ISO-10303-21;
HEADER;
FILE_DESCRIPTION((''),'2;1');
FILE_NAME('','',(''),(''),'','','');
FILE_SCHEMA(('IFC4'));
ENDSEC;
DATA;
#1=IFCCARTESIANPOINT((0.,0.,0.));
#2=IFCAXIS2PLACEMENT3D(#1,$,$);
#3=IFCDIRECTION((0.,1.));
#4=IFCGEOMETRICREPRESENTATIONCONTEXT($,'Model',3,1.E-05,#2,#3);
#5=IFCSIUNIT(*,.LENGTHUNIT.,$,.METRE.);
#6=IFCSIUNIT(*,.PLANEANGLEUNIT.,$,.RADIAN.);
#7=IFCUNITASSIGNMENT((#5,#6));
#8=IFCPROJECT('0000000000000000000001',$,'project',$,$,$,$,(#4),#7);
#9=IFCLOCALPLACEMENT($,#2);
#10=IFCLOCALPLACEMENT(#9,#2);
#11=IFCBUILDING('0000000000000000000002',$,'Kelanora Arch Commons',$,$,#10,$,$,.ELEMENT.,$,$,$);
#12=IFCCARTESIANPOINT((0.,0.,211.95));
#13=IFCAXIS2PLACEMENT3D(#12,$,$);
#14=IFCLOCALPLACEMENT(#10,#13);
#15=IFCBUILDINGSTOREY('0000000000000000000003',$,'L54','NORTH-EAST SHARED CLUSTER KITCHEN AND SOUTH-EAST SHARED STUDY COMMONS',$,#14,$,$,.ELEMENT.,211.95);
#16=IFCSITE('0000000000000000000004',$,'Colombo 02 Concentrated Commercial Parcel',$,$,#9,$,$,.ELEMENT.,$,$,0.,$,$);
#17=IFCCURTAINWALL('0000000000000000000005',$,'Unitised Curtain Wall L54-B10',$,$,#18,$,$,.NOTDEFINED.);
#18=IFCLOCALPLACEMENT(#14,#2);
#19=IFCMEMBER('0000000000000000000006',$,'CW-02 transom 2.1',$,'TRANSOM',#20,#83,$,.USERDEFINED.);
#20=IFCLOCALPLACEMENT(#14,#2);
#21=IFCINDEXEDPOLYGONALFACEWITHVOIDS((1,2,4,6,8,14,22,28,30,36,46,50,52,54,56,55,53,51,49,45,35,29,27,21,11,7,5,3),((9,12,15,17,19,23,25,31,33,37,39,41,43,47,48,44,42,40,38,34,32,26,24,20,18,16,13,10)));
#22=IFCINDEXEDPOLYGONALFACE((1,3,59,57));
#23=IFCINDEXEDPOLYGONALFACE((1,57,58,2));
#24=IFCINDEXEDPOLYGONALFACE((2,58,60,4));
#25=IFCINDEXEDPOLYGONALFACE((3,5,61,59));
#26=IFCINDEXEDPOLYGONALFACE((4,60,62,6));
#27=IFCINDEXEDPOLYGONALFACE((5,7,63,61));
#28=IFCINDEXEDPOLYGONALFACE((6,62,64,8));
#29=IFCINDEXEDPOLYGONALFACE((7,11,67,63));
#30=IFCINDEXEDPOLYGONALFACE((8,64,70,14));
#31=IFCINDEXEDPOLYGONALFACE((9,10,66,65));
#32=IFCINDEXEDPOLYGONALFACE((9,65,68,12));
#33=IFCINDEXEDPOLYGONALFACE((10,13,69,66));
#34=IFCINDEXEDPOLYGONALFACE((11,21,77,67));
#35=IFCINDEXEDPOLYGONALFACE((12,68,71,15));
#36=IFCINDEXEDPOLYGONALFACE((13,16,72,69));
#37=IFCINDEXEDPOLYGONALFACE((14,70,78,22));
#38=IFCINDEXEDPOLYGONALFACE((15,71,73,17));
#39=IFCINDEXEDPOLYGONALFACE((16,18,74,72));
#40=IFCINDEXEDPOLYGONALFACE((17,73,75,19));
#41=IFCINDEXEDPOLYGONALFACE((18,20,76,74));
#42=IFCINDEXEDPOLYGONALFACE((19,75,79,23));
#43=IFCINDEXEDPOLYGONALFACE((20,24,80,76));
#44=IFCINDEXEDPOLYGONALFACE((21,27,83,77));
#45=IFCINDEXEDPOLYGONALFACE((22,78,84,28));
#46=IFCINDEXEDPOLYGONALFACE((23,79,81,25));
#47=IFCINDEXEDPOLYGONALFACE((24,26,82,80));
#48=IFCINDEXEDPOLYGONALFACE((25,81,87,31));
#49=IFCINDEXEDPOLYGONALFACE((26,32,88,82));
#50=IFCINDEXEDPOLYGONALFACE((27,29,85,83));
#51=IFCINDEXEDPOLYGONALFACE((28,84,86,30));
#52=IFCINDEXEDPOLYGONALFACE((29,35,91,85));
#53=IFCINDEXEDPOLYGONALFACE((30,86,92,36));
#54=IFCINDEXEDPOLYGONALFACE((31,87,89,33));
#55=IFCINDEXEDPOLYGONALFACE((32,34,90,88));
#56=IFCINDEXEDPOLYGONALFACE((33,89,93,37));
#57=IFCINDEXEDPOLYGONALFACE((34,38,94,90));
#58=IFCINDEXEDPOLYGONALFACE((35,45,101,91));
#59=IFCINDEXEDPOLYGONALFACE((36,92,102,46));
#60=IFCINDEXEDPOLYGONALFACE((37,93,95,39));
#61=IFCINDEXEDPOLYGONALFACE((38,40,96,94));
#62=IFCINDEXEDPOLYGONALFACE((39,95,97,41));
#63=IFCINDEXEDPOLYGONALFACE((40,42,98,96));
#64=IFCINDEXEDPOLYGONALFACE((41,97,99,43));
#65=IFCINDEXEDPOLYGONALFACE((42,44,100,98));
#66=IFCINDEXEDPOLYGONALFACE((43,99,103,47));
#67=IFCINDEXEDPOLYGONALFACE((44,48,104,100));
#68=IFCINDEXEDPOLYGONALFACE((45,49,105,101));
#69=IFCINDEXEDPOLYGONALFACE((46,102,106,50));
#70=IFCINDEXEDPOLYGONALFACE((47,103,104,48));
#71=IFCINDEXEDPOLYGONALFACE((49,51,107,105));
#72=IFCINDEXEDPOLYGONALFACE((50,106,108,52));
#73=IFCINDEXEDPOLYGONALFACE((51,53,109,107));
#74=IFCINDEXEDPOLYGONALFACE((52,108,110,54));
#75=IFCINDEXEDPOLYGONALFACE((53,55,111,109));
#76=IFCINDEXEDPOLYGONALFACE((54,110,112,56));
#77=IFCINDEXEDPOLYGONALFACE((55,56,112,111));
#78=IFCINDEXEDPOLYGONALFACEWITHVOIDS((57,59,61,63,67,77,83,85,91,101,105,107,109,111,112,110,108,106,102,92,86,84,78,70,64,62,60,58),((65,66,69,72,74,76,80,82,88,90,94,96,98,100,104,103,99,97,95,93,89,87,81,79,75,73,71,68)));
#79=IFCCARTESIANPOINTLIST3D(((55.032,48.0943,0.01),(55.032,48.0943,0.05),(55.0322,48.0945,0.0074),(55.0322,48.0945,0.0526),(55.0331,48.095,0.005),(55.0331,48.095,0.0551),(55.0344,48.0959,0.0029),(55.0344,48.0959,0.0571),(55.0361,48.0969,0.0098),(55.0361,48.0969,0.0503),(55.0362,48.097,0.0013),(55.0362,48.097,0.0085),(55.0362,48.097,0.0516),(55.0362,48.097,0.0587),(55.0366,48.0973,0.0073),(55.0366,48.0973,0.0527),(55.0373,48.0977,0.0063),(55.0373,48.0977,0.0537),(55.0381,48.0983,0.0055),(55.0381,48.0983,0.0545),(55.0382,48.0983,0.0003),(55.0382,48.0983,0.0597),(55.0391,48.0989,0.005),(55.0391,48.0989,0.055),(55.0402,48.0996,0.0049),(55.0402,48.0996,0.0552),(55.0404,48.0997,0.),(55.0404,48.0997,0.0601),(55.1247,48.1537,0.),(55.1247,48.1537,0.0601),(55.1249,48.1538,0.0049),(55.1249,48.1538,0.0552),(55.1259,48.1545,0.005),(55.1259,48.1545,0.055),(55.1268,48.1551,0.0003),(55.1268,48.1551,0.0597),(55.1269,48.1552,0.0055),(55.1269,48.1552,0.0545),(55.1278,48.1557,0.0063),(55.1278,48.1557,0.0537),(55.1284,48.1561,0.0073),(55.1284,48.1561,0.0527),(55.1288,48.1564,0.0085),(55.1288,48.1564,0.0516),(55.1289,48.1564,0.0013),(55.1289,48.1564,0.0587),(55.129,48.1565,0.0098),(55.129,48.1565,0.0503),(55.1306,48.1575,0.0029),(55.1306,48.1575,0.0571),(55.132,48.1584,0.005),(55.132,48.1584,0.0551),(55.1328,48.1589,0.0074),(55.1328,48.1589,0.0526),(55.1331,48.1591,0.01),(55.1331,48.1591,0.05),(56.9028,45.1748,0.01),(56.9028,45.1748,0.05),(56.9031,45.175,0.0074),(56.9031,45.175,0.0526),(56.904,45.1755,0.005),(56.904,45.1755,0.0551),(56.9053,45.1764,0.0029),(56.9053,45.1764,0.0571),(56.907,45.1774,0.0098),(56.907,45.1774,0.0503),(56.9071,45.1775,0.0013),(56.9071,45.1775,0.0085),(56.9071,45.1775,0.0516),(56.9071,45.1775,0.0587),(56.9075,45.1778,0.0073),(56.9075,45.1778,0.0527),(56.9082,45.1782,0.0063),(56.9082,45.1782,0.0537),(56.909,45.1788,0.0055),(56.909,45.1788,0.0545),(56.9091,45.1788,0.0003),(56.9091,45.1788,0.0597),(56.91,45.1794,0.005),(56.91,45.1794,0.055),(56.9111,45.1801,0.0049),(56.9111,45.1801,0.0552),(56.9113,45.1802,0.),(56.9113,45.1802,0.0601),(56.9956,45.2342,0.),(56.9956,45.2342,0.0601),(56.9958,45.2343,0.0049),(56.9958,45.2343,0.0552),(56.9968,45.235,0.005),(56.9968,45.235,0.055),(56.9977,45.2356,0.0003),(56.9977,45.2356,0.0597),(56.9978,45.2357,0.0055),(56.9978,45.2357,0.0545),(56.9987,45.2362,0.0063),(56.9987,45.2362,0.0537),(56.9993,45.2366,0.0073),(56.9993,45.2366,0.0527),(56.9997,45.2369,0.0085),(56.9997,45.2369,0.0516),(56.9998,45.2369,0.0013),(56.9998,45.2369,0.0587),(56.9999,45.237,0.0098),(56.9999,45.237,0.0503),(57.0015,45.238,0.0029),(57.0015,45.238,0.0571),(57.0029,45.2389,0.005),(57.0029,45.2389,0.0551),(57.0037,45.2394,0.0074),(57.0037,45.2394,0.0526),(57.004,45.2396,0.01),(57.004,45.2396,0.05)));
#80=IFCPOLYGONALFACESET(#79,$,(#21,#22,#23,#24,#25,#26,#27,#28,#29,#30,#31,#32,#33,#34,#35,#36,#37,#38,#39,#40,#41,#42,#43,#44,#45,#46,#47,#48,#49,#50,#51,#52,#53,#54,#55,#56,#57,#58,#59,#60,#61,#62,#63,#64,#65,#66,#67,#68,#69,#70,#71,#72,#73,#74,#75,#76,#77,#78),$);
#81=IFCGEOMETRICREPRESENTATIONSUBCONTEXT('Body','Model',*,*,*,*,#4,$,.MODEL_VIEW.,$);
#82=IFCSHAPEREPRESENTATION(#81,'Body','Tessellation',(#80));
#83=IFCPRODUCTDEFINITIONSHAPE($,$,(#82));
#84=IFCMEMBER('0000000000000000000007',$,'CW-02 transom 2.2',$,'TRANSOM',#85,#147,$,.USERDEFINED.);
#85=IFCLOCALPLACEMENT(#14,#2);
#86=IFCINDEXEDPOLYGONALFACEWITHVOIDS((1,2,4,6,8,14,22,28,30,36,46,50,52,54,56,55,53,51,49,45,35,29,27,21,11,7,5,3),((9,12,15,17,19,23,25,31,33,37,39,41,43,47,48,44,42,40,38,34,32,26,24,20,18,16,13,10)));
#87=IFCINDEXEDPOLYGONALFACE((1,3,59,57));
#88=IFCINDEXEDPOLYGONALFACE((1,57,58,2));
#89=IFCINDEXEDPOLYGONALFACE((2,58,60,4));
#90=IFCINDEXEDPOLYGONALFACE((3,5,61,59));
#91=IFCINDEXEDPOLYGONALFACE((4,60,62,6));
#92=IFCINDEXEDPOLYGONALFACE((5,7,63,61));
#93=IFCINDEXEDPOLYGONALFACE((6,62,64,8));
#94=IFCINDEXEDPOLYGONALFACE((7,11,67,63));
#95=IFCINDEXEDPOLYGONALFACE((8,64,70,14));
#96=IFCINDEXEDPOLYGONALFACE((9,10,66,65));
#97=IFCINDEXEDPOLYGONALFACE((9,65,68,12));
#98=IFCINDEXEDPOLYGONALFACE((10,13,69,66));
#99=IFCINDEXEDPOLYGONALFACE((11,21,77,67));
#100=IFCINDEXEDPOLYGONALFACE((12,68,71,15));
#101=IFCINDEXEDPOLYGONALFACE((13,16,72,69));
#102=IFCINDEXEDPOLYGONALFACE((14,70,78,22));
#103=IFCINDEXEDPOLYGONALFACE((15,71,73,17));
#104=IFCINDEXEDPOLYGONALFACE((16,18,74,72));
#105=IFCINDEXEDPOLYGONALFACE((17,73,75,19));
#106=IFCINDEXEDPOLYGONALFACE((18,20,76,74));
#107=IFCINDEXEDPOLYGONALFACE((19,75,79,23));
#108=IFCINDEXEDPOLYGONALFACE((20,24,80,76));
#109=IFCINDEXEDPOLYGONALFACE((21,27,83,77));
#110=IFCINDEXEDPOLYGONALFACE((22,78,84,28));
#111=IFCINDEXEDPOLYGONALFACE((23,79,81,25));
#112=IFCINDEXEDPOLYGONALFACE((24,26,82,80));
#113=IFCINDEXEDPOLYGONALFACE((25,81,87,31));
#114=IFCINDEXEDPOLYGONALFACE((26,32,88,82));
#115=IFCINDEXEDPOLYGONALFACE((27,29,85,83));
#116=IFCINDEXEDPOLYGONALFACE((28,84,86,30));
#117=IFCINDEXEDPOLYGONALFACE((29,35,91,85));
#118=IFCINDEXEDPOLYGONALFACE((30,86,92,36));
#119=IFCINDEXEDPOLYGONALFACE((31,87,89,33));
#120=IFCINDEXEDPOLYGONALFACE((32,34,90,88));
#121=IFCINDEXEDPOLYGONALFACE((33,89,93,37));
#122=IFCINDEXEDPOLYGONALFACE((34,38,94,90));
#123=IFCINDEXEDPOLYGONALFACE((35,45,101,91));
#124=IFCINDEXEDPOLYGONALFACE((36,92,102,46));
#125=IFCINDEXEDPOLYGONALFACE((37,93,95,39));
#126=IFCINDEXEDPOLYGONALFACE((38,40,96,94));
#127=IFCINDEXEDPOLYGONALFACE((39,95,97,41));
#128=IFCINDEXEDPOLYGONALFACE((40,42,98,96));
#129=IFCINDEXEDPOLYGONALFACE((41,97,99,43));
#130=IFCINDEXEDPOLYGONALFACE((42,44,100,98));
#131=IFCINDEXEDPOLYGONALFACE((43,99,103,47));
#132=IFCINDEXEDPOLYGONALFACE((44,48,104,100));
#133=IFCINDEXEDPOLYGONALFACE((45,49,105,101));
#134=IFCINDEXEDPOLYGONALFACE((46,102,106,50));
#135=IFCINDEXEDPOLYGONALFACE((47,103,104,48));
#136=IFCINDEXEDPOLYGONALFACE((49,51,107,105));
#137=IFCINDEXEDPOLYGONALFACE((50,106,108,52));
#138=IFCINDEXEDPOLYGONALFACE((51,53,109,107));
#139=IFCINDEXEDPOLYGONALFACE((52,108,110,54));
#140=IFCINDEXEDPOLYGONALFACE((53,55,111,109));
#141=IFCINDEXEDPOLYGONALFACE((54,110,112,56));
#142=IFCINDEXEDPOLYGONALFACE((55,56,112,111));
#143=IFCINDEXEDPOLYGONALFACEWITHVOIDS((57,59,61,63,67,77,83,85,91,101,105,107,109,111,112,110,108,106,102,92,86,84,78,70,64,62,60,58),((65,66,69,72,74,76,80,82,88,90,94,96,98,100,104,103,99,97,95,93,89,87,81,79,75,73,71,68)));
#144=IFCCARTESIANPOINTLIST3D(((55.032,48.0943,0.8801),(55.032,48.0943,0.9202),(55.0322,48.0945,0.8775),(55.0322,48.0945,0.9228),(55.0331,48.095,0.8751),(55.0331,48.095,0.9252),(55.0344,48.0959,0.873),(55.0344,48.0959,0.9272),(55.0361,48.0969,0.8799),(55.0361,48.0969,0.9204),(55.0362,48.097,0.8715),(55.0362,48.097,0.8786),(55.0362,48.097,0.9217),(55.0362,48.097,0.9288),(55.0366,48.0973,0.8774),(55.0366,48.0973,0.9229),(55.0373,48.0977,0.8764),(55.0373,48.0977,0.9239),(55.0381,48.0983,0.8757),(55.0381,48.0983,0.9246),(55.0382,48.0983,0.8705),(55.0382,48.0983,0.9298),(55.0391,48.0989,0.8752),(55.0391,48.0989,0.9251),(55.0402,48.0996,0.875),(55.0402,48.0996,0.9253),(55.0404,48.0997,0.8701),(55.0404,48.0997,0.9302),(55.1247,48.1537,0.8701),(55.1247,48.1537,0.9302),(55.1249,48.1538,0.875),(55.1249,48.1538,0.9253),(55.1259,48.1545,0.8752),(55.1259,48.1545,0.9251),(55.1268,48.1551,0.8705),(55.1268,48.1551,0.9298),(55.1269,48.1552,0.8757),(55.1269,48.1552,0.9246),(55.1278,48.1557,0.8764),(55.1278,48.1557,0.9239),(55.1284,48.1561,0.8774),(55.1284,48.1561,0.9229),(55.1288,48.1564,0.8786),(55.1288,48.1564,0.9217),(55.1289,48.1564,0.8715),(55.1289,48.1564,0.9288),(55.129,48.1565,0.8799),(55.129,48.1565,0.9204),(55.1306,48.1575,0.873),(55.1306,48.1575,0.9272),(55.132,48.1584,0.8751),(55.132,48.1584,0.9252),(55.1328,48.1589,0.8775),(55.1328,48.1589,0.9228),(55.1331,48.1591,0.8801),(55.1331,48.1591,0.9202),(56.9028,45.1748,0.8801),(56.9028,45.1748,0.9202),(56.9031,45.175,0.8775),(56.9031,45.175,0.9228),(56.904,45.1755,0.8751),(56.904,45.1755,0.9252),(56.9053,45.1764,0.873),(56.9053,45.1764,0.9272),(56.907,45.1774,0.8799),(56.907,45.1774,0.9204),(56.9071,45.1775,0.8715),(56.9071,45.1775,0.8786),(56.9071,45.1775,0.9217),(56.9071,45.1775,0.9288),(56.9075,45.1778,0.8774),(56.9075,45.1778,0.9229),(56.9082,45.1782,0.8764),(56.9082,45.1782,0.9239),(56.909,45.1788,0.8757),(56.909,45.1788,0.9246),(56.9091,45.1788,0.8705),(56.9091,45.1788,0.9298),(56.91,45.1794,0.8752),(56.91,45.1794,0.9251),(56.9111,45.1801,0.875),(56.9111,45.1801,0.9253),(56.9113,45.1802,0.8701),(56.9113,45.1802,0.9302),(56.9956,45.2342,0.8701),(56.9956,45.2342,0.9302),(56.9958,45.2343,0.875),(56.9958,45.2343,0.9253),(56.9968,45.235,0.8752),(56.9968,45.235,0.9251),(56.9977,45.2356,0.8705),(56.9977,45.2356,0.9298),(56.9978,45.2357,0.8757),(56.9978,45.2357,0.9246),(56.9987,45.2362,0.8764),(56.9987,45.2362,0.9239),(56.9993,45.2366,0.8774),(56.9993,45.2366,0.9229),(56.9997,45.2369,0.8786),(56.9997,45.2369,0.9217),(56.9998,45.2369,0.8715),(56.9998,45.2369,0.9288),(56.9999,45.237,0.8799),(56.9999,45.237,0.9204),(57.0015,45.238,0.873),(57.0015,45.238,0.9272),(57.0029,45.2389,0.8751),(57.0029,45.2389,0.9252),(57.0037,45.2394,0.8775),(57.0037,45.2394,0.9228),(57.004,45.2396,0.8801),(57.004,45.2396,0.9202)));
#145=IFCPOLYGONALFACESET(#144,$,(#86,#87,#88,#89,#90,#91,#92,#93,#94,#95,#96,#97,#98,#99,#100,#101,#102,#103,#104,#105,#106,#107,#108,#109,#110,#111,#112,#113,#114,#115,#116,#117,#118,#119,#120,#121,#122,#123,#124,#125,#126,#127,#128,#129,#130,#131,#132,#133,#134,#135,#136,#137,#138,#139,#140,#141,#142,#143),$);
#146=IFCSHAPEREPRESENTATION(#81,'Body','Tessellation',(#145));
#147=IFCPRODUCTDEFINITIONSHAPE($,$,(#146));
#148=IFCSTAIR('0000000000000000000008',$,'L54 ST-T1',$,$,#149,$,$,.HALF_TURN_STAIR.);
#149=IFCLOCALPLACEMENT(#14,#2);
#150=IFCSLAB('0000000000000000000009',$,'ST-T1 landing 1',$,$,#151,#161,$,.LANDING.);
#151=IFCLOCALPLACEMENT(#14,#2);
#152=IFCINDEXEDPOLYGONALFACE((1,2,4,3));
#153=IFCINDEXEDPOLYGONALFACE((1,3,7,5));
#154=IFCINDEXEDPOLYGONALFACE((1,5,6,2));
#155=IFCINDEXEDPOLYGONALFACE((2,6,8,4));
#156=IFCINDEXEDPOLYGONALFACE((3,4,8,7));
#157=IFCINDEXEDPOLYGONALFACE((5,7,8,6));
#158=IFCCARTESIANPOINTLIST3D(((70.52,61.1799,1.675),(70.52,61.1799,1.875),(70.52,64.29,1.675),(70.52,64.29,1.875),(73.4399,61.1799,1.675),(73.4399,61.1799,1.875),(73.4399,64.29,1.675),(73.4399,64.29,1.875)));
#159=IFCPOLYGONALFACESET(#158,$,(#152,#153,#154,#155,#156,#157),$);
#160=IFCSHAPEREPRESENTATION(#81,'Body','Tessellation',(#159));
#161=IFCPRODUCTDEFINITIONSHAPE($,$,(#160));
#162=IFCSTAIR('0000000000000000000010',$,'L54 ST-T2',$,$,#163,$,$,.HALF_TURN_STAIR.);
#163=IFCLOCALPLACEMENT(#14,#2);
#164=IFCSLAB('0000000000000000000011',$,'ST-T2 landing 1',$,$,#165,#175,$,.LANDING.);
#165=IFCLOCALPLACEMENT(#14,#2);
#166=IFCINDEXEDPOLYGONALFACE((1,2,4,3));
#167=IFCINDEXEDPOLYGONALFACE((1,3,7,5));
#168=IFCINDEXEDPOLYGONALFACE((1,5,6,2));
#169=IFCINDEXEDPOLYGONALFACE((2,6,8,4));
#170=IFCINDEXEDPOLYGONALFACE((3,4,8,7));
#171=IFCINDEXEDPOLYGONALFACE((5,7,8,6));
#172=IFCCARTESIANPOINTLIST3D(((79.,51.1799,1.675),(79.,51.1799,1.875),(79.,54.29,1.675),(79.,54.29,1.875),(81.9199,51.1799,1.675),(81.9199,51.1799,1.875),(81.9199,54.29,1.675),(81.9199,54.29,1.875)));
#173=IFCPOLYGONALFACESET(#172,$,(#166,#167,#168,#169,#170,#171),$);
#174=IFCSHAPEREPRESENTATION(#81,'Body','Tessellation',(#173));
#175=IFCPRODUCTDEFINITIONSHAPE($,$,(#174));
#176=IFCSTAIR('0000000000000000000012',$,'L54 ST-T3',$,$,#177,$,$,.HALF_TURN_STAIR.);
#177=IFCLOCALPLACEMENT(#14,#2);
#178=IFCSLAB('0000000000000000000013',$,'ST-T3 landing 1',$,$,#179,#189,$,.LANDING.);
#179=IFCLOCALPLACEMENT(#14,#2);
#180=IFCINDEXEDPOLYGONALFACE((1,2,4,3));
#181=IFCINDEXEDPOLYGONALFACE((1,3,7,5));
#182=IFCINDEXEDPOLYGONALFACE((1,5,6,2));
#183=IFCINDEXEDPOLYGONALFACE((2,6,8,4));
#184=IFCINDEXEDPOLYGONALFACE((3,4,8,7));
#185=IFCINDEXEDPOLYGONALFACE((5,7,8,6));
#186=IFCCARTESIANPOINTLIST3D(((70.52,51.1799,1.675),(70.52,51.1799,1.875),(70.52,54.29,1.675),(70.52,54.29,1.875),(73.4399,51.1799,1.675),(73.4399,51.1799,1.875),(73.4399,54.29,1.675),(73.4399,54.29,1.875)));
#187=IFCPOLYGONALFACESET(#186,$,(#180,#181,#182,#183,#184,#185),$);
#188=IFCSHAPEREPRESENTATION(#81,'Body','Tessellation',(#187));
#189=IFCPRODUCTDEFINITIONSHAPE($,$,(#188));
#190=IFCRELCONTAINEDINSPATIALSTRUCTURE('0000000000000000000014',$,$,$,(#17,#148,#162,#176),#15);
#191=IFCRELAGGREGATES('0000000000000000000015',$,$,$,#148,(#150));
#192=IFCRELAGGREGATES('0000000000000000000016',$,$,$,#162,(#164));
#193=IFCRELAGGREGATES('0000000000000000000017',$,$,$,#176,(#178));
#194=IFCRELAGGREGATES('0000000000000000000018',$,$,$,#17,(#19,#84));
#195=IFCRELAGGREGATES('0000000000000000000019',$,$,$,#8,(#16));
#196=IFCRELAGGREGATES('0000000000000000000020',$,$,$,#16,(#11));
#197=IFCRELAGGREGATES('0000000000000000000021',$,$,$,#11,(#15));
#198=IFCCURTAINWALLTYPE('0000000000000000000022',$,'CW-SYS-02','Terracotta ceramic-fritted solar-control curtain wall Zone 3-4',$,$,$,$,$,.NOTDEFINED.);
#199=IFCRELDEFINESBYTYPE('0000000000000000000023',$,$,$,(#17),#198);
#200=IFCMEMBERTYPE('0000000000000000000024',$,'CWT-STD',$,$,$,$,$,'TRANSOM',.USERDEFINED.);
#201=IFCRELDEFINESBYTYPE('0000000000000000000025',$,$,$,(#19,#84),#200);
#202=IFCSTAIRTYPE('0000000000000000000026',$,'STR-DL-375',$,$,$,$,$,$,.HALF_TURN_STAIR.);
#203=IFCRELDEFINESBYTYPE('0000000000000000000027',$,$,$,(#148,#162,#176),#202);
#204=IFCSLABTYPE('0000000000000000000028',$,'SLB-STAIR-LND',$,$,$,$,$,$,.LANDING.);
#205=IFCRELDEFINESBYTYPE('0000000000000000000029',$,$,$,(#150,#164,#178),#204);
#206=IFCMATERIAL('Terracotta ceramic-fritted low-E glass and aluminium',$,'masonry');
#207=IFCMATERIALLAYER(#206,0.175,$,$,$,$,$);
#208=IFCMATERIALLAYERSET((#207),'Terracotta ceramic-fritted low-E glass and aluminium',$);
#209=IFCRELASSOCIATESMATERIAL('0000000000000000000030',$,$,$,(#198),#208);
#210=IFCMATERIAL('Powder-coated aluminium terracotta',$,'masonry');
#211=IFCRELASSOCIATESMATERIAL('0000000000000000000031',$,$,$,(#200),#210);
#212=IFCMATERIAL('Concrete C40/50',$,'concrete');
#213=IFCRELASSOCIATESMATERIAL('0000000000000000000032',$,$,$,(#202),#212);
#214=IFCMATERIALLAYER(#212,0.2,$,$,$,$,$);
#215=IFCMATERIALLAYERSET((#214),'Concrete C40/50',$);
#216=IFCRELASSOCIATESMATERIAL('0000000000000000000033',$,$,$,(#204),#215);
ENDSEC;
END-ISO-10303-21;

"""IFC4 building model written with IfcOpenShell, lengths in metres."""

from ifc_helpers import new_model, si_unit, direction, frame, origin, origin_2d, place, context, subcontext, project, spatial, polyline, hollow_rectangle, outline, extrude, material, layer, layer_set, material_profile, profile_set, type_object, element, aggregate, save


model = new_model("IFC4")

# Units and contexts
model_context = context("Model", 3, precision=1e-05, world=origin(), true_north=direction((0.0, 1.0)))
body_context = subcontext(model_context, "Body", "Model", "MODEL_VIEW")
ifc_project = project(units=[si_unit("LENGTHUNIT", "METRE"), si_unit("PLANEANGLEUNIT", "RADIAN")], contexts=[model_context])

# Site, building, storey
site_placement = place(None, origin())
site = spatial("IfcSite", under=ifc_project, at=site_placement, Name="Colombo 02 Concentrated Commercial Parcel", CompositionType="ELEMENT", RefElevation=0.0)
building_placement = place(site_placement, origin())
building = spatial("IfcBuilding", under=site, at=building_placement, Name="Kelanora Arch Commons", CompositionType="ELEMENT")
storey_placement = place(building_placement, frame((0.0, 0.0, 211.95)))
storey = spatial("IfcBuildingStorey", under=building, at=storey_placement, Name="L54", Description="NORTH-EAST SHARED CLUSTER KITCHEN AND SOUTH-EAST SHARED STUDY COMMONS", CompositionType="ELEMENT", Elevation=211.95)

# Shared definitions
ifc_material_1 = material(Name="Terracotta ceramic-fritted low-E glass and aluminium", Category="masonry")
ifc_layer_1 = layer(ifc_material_1, 0.175)
ifc_layer_set_1 = layer_set([ifc_layer_1], Name="Terracotta ceramic-fritted low-E glass and aluminium")
curtain_wall_type = type_object("IfcCurtainWallType", Name="CW-SYS-02", Description="Terracotta ceramic-fritted solar-control curtain wall Zone 3-4", PredefinedType="NOTDEFINED", material=ifc_layer_set_1)
ifc_material_2 = material(Name="Powder-coated aluminium terracotta", Category="masonry")

# Curtain wall, members
curtain_wall_1_placement = place(storey_placement, origin())
curtain_wall_1 = element("IfcCurtainWall", 1, at=curtain_wall_1_placement, inside=storey, type_object=curtain_wall_type, Name="Unitised Curtain Wall L54-B10", PredefinedType="NOTDEFINED")
ifc_material_profile_1 = material_profile(ifc_material_2, hollow_rectangle(XDim=0.1201, YDim=0.0601, WallThickness=0.0049, InnerFilletRadius=0.0049, OuterFilletRadius=0.01, at=origin_2d()), Name="CWT120x60")
ifc_profile_set_1 = profile_set([ifc_material_profile_1], Name="Powder-coated aluminium terracotta")
member_type_1 = type_object("IfcMemberType", Name="CWT-STD", ElementType="TRANSOM", PredefinedType="USERDEFINED", material=ifc_profile_set_1)
member_1_placement = place(storey_placement, frame((55.0825, 48.1267, 0.03), z_axis=(0.539547, -0.841955, 0.0), x_axis=(0.841955, 0.539547, 0.0)))
member_1 = element("IfcMember", 2, at=member_1_placement, type_object=member_type_1, Name="CW-02 transom 2.1", ObjectType="TRANSOM", PredefinedType="USERDEFINED", context=body_context, shape_type="SweptSolid", body=[
    extrude(hollow_rectangle(XDim=0.1201, YDim=0.0601, WallThickness=0.0049, InnerFilletRadius=0.0049, OuterFilletRadius=0.01, at=origin_2d()), origin(), (0.0, 0.0, 1.0), 3.4675),
])
member_2_placement = place(storey_placement, frame((55.0825, 48.1267, 0.9001), z_axis=(0.539547, -0.841955, 0.0), x_axis=(0.841955, 0.539547, 0.0)))
member_2 = element("IfcMember", 3, at=member_2_placement, type_object=member_type_1, Name="CW-02 transom 2.2", ObjectType="TRANSOM", PredefinedType="USERDEFINED", context=body_context, shape_type="SweptSolid", body=[
    extrude(hollow_rectangle(XDim=0.1201, YDim=0.0601, WallThickness=0.0049, InnerFilletRadius=0.0049, OuterFilletRadius=0.01, at=origin_2d()), origin(), (0.0, 0.0, 1.0), 3.4675),
])

# Stairs, slabs
ifc_material_3 = material(Name="Concrete C40/50", Category="concrete")
stair_type = type_object("IfcStairType", Name="STR-DL-375", PredefinedType="HALF_TURN_STAIR", material=ifc_material_3)
stair_1_placement = place(storey_placement, origin())
stair_1 = element("IfcStair", 4, at=stair_1_placement, inside=storey, type_object=stair_type, Name="L54 ST-T1", PredefinedType="HALF_TURN_STAIR")
ifc_layer_2 = layer(ifc_material_3, 0.2)
ifc_layer_set_2 = layer_set([ifc_layer_2], Name="Concrete C40/50")
slab_type_1 = type_object("IfcSlabType", Name="SLB-STAIR-LND", PredefinedType="LANDING", material=ifc_layer_set_2)
slab_1_placement = place(storey_placement, frame((0.0, 0.0, 1.675)))
slab_1 = element("IfcSlab", 5, at=slab_1_placement, type_object=slab_type_1, Name="ST-T1 landing 1", PredefinedType="LANDING", context=body_context, shape_type="SweptSolid", body=[
    extrude(outline(polyline([(70.52, 61.1799), (73.4399, 61.1799), (73.4399, 64.29), (70.52, 64.29), (70.52, 61.1799)])), origin(), (0.0, 0.0, 1.0), 0.2),
])
aggregate(stair_1, [slab_1])
stair_2_placement = place(storey_placement, origin())
stair_2 = element("IfcStair", 6, at=stair_2_placement, inside=storey, type_object=stair_type, Name="L54 ST-T2", PredefinedType="HALF_TURN_STAIR")
slab_2_placement = place(storey_placement, frame((0.0, 0.0, 1.675)))
slab_2 = element("IfcSlab", 7, at=slab_2_placement, type_object=slab_type_1, Name="ST-T2 landing 1", PredefinedType="LANDING", context=body_context, shape_type="SweptSolid", body=[
    extrude(outline(polyline([(79.0, 51.1799), (81.9199, 51.1799), (81.9199, 54.29), (79.0, 54.29), (79.0, 51.1799)])), origin(), (0.0, 0.0, 1.0), 0.2),
])
aggregate(stair_2, [slab_2])
stair_3_placement = place(storey_placement, origin())
stair_3 = element("IfcStair", 8, at=stair_3_placement, inside=storey, type_object=stair_type, Name="L54 ST-T3", PredefinedType="HALF_TURN_STAIR")
slab_3_placement = place(storey_placement, frame((0.0, 0.0, 1.675)))
slab_3 = element("IfcSlab", 9, at=slab_3_placement, type_object=slab_type_1, Name="ST-T3 landing 1", PredefinedType="LANDING", context=body_context, shape_type="SweptSolid", body=[
    extrude(outline(polyline([(70.52, 51.1799), (73.4399, 51.1799), (73.4399, 54.29), (70.52, 54.29), (70.52, 51.1799)])), origin(), (0.0, 0.0, 1.0), 0.2),
])
aggregate(stair_3, [slab_3])

aggregate(curtain_wall_1, [member_1, member_2])

save(model, "model.ifc")
